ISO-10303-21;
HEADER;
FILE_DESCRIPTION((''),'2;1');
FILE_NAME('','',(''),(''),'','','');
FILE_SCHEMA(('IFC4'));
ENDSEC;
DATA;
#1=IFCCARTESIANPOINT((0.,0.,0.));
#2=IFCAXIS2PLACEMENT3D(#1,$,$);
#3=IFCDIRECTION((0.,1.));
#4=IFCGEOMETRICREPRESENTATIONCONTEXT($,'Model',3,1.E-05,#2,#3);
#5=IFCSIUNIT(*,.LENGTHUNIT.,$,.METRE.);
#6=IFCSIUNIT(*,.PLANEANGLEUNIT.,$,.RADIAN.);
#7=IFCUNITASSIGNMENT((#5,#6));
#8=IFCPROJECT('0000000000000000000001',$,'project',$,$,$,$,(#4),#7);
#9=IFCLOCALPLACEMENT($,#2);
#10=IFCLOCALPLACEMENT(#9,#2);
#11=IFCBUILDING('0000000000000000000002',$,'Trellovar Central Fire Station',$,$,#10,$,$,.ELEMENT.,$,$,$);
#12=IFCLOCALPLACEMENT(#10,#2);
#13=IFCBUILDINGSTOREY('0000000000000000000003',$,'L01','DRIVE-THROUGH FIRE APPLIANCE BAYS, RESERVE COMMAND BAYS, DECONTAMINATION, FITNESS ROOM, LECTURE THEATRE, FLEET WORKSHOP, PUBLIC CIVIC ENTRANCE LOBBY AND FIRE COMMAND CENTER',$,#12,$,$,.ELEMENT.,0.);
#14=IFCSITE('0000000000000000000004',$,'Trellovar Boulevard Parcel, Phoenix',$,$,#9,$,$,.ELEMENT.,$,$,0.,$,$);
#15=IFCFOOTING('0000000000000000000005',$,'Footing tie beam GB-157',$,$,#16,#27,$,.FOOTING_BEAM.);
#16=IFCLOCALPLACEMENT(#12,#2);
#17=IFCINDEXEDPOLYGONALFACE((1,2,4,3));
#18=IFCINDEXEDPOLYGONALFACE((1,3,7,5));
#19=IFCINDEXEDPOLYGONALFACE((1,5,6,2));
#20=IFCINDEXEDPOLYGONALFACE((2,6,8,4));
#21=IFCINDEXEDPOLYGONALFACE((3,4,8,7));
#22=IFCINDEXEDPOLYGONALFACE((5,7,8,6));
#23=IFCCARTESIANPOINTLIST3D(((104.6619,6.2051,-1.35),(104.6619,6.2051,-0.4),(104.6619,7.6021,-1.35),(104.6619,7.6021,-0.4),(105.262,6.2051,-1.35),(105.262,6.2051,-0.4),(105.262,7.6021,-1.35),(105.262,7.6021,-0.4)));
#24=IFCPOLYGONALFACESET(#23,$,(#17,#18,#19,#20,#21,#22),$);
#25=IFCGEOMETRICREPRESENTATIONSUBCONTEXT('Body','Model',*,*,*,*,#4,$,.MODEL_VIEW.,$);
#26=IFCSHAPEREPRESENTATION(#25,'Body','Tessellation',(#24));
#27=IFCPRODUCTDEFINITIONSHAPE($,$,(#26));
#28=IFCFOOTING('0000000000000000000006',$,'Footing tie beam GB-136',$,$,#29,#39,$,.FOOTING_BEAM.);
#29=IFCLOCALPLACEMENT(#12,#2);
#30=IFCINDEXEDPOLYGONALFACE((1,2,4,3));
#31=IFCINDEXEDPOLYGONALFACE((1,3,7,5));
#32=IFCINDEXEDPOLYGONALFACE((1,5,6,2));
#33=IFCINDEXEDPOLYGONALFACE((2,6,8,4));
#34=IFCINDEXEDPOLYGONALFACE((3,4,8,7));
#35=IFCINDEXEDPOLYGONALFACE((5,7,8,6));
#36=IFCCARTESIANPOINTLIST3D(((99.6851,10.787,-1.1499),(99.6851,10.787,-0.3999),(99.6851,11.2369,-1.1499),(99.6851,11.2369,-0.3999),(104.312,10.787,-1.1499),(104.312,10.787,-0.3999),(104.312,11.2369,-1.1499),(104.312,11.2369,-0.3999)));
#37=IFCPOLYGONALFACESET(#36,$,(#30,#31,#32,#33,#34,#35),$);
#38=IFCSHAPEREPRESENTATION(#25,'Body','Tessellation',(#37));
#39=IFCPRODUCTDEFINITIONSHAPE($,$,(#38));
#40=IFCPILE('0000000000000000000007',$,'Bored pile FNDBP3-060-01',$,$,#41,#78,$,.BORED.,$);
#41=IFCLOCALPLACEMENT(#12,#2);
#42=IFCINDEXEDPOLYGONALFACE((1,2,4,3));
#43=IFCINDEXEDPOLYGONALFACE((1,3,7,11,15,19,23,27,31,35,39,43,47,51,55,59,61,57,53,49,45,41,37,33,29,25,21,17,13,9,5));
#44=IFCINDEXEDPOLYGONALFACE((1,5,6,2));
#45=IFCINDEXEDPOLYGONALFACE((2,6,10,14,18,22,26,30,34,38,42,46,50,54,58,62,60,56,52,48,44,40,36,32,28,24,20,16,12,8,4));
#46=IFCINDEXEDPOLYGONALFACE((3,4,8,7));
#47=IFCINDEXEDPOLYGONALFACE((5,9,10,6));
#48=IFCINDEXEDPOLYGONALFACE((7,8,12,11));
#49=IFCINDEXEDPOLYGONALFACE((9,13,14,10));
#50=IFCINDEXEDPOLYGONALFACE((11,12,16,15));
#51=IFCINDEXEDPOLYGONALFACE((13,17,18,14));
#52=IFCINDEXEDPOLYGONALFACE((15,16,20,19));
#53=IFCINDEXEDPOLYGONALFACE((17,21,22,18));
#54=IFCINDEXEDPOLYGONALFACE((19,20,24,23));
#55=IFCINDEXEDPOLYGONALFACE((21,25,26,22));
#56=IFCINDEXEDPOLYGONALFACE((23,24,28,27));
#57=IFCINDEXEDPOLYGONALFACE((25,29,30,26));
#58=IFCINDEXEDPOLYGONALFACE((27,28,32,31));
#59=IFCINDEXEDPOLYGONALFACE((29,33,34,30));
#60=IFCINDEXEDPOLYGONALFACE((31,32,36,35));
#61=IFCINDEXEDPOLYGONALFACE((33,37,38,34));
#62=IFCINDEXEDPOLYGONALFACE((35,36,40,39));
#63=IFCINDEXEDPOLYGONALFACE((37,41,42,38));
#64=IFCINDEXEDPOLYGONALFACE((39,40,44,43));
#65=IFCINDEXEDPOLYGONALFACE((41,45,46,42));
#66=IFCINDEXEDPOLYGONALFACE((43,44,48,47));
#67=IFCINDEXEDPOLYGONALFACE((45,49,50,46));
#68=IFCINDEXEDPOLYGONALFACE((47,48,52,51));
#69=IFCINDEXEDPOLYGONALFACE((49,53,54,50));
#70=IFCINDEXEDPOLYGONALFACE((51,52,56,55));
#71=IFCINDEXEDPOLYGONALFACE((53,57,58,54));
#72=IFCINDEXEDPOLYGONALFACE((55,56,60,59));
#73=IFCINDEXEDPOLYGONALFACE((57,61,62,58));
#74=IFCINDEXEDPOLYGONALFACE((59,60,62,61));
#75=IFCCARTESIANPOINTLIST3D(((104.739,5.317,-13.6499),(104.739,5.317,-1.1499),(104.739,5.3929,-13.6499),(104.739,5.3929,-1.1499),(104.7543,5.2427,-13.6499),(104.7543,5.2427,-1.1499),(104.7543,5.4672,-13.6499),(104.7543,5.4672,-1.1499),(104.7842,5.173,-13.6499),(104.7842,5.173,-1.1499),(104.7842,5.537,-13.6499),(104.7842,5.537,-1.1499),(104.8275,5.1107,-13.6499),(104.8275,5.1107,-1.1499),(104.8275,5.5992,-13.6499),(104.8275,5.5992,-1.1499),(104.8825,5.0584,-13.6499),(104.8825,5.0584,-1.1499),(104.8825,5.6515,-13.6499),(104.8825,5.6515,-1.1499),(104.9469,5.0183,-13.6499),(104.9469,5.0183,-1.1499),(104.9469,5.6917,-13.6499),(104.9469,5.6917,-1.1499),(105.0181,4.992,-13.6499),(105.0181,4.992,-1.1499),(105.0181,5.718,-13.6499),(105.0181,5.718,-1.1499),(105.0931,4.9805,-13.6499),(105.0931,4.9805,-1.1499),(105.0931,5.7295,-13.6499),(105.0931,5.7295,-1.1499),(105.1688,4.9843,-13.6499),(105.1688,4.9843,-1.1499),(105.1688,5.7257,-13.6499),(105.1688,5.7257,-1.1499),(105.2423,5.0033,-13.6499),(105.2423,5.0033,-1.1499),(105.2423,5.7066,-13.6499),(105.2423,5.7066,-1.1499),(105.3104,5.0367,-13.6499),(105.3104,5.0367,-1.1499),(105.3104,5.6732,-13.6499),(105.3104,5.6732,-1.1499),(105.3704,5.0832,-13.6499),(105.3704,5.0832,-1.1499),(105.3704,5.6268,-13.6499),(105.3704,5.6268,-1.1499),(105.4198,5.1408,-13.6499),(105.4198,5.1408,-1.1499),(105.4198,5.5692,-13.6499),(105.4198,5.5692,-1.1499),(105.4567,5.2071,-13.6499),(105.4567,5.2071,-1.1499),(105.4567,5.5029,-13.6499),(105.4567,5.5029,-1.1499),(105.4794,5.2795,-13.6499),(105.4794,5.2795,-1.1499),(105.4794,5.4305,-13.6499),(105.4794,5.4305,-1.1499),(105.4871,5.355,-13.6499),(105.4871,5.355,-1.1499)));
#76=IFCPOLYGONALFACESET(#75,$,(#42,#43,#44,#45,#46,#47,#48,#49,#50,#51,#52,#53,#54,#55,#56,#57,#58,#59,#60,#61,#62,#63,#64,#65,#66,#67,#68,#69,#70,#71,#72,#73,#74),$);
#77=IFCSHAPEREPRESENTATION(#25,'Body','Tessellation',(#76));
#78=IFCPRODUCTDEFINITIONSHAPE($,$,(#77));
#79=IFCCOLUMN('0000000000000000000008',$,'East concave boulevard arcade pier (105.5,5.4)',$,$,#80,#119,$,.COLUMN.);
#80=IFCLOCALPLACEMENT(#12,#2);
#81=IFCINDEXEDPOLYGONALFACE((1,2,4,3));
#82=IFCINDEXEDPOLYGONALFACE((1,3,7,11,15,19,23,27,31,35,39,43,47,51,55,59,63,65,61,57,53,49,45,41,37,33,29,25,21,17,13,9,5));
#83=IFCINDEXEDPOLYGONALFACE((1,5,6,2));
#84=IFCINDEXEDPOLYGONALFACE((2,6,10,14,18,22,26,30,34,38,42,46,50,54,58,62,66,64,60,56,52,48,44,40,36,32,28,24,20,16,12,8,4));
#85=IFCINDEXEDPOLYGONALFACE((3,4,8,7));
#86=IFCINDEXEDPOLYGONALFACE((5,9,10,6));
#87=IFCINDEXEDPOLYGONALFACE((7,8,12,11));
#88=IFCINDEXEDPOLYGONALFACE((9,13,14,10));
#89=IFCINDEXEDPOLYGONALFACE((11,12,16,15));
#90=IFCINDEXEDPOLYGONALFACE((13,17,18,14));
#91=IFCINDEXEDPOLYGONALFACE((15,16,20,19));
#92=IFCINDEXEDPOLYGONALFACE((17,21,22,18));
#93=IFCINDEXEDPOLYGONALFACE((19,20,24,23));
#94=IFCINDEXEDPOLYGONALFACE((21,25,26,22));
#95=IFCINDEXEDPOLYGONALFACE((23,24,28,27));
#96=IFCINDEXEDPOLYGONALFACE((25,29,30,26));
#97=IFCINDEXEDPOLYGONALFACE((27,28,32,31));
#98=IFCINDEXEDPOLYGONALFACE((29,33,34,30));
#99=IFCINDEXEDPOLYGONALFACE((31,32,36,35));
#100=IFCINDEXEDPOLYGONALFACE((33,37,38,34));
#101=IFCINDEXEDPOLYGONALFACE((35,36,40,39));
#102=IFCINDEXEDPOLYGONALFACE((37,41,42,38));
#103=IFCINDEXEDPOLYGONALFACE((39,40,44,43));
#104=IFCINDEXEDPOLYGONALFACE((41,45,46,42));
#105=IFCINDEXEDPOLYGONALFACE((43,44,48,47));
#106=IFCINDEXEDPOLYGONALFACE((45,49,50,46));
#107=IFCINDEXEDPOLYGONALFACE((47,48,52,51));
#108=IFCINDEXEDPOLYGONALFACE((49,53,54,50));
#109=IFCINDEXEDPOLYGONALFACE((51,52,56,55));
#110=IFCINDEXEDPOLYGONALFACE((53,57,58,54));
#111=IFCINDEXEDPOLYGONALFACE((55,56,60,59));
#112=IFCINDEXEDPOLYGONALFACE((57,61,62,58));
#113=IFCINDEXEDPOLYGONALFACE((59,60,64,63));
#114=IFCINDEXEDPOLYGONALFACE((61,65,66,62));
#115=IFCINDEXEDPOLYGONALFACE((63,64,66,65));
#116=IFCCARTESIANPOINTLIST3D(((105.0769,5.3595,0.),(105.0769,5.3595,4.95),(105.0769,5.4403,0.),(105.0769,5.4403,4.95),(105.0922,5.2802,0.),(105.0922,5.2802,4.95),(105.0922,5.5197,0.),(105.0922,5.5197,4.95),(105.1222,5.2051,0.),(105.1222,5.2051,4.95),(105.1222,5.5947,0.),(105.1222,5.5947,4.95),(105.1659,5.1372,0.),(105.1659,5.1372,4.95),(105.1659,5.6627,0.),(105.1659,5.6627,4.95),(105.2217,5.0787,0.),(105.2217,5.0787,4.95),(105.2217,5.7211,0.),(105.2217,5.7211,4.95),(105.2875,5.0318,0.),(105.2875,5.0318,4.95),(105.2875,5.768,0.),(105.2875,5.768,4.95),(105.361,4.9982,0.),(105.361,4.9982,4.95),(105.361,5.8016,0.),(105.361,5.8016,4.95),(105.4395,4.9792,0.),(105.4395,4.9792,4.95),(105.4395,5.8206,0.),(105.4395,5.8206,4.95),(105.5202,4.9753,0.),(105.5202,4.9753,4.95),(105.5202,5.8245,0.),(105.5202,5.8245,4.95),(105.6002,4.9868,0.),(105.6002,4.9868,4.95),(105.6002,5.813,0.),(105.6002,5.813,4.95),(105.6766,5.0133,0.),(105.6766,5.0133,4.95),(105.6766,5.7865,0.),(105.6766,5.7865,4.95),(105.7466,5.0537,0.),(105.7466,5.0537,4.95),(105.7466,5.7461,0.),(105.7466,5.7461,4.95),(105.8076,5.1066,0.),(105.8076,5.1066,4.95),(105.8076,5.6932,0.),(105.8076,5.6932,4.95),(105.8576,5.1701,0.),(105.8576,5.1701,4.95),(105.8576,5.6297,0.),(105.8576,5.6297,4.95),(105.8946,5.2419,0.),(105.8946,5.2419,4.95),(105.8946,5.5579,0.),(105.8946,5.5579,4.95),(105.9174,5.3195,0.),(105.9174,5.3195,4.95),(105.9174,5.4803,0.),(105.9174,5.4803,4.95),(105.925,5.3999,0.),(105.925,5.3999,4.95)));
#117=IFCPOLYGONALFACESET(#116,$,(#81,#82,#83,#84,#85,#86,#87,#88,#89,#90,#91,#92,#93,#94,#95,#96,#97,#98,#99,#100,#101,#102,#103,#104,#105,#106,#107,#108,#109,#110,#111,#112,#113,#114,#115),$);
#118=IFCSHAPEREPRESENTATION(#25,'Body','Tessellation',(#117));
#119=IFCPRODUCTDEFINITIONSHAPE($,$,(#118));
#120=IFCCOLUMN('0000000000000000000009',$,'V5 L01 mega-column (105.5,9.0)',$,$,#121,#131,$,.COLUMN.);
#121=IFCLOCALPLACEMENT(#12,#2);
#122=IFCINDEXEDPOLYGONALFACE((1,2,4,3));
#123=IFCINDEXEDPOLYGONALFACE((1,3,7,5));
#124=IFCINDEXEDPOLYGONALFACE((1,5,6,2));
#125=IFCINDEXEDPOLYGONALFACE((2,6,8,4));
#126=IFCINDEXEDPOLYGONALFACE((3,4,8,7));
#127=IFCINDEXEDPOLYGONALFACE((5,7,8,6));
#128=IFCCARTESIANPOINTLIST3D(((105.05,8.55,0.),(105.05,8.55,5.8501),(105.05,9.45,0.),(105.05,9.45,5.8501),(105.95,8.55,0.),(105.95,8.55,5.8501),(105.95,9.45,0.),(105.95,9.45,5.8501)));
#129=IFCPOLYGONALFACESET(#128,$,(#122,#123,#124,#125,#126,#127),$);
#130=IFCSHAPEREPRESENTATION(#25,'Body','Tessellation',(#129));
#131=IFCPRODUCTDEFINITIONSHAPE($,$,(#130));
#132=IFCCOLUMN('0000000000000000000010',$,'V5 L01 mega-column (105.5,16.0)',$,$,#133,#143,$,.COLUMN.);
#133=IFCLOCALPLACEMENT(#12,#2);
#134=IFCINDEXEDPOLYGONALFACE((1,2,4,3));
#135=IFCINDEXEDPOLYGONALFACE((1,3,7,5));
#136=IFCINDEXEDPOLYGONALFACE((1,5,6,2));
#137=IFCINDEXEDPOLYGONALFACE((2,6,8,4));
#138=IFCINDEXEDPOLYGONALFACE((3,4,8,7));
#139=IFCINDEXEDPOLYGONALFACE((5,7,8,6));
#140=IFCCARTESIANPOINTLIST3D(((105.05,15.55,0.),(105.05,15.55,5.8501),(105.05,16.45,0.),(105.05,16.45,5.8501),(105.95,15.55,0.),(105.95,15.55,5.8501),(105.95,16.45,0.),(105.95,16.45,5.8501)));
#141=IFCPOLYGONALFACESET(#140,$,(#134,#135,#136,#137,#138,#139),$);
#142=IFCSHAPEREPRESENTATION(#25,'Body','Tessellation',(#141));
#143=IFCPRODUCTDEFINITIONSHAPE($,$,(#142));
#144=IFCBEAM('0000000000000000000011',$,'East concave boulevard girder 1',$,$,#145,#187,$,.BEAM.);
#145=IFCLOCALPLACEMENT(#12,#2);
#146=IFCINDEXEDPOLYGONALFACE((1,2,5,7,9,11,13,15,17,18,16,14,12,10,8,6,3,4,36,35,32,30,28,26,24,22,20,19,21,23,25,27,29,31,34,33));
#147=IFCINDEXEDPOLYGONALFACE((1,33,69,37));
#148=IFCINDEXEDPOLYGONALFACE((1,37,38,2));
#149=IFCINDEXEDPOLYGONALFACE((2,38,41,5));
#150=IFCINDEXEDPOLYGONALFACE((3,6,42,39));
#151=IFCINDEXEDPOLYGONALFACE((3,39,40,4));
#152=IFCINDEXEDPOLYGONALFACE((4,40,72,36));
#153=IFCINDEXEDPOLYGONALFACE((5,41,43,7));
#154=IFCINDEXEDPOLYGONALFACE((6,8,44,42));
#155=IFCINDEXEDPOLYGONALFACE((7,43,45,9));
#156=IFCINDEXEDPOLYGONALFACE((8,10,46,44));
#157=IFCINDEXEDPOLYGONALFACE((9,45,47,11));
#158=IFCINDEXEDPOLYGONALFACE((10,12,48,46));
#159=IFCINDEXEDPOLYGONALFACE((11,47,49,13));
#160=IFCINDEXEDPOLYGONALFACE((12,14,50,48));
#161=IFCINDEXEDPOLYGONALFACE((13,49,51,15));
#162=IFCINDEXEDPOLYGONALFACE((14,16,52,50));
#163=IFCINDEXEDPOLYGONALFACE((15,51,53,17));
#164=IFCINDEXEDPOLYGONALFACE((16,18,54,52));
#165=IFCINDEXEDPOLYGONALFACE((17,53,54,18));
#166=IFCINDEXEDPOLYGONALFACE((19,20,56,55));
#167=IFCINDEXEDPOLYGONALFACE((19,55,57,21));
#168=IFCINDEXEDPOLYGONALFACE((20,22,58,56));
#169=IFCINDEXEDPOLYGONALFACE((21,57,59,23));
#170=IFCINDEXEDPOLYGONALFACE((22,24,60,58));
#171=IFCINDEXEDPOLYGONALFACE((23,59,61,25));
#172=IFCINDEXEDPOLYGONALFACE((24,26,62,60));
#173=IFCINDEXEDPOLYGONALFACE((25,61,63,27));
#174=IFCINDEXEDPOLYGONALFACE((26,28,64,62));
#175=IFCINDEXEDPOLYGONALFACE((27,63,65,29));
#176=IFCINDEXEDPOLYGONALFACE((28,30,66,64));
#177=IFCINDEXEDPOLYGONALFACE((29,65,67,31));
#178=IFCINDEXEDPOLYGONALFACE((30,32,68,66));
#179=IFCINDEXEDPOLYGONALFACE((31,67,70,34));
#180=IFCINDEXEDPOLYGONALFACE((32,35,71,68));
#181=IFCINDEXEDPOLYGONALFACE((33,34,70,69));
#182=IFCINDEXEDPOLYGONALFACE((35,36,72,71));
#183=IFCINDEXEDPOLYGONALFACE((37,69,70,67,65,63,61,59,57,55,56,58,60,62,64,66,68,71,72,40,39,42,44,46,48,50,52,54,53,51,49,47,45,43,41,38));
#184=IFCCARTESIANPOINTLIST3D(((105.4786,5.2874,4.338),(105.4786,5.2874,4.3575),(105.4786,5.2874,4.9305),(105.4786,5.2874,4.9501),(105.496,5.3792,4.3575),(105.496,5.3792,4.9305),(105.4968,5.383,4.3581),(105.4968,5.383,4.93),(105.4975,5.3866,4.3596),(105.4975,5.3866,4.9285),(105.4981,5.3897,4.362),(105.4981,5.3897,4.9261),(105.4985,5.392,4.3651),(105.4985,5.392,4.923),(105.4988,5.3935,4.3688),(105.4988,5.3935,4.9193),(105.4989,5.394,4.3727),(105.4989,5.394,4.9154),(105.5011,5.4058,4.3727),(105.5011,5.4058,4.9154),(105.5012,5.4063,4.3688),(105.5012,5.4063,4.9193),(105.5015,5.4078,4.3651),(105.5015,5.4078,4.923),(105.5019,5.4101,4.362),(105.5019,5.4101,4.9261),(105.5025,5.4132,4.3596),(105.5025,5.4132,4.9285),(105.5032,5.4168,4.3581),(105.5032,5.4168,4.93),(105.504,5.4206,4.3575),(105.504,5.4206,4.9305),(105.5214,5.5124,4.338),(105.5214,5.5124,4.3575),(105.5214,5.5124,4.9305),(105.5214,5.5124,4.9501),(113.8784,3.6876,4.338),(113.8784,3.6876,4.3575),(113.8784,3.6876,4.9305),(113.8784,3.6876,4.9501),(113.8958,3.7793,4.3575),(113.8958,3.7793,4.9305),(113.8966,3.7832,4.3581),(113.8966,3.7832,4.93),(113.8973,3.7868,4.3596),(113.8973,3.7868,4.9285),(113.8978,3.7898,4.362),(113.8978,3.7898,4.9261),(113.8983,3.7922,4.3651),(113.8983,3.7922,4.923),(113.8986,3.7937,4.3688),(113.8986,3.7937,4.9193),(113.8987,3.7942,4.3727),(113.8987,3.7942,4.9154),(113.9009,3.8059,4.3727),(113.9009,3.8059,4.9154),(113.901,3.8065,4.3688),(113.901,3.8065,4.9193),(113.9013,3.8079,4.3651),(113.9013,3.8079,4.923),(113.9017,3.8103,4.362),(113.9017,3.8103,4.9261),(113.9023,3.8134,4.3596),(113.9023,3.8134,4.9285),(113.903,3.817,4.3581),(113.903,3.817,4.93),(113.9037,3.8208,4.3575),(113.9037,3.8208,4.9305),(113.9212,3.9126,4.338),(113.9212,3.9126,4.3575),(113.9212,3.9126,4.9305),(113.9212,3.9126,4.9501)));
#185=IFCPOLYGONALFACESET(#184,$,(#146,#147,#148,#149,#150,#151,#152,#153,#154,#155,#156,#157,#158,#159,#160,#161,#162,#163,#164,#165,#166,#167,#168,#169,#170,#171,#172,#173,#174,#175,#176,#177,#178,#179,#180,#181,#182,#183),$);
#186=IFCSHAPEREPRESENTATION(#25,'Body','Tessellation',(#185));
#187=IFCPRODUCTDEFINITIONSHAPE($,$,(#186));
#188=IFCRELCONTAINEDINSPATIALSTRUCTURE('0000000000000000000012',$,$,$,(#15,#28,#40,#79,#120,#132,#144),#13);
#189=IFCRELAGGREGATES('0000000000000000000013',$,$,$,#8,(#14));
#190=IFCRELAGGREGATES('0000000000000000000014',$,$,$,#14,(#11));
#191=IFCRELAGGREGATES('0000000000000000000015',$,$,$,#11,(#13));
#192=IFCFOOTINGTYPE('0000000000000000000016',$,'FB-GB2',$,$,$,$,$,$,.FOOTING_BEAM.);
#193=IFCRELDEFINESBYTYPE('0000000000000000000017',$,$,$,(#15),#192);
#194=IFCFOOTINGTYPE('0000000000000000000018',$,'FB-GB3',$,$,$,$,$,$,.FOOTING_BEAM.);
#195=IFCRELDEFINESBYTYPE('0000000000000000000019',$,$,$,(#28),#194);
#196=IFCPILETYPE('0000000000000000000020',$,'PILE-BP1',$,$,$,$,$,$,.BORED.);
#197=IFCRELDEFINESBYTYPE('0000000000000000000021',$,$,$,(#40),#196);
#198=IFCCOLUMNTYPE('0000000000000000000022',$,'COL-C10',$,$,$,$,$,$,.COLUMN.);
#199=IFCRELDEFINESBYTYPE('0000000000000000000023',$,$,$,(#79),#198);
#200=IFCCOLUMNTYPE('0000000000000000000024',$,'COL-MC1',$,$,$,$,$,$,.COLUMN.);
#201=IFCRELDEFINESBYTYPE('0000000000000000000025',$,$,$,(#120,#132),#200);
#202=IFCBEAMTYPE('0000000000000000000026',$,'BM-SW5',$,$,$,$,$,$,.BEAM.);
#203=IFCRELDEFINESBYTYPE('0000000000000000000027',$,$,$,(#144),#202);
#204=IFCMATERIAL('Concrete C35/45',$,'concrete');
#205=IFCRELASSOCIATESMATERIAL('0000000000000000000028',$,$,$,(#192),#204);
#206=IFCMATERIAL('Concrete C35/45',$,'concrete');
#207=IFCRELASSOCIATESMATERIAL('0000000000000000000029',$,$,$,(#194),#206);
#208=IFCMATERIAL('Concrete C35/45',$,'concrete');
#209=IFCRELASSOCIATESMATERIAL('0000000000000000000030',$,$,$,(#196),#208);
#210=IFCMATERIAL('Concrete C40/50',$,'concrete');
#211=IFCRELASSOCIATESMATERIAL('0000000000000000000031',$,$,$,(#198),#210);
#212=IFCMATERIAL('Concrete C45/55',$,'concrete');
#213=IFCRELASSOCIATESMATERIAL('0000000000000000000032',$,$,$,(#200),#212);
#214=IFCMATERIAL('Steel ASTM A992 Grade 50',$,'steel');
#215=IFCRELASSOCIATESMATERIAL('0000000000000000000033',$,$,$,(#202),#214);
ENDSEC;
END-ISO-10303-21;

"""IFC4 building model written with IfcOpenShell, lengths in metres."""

from ifc_helpers import new_model, si_unit, direction, frame, origin, origin_2d, place, context, subcontext, project, spatial, rectangle, circle, i_section, extrude, material, material_profile, profile_set, type_object, element, save


model = new_model("IFC4")

# Units and contexts
model_context = context("Model", 3, precision=1e-05, world=origin(), true_north=direction((0.0, 1.0)))
body_context = subcontext(model_context, "Body", "Model", "MODEL_VIEW")
ifc_project = project(units=[si_unit("LENGTHUNIT", "METRE"), si_unit("PLANEANGLEUNIT", "RADIAN")], contexts=[model_context])

# Site, building, storey
site_placement = place(None, origin())
site = spatial("IfcSite", under=ifc_project, at=site_placement, Name="Trellovar Boulevard Parcel, Phoenix", CompositionType="ELEMENT", RefElevation=0.0)
building_placement = place(site_placement, origin())
building = spatial("IfcBuilding", under=site, at=building_placement, Name="Trellovar Central Fire Station", CompositionType="ELEMENT")
storey_placement = place(building_placement, origin())
storey = spatial("IfcBuildingStorey", under=building, at=storey_placement, Name="L01", Description="DRIVE-THROUGH FIRE APPLIANCE BAYS, RESERVE COMMAND BAYS, DECONTAMINATION, FITNESS ROOM, LECTURE THEATRE, FLEET WORKSHOP, PUBLIC CIVIC ENTRANCE LOBBY AND FIRE COMMAND CENTER", CompositionType="ELEMENT", Elevation=0.0)

# Footings
ifc_material_1 = material(Name="Concrete C35/45", Category="concrete")
ifc_material_profile_1 = material_profile(ifc_material_1, rectangle(XDim=0.6001, YDim=0.95, at=origin_2d()), Name="RC600X950")
ifc_profile_set_1 = profile_set([ifc_material_profile_1], Name="Concrete C35/45")
footing_type_1 = type_object("IfcFootingType", Name="FB-GB2", PredefinedType="FOOTING_BEAM", material=ifc_profile_set_1)
footing_1_placement = place(storey_placement, frame((104.9619, 6.2051, -0.875), z_axis=(0.0, 1.0, 0.0), x_axis=(-1.0, 0.0, 0.0)))
element("IfcFooting", 1, at=footing_1_placement, inside=storey, type_object=footing_type_1, Name="Footing tie beam GB-157", PredefinedType="FOOTING_BEAM", context=body_context, shape_type="SweptSolid", body=[
    extrude(rectangle(XDim=0.6001, YDim=0.95, at=origin_2d()), origin(), (0.0, 0.0, 1.0), 1.397),
])
ifc_material_2 = material(Name="Concrete C35/45", Category="concrete")
ifc_material_profile_2 = material_profile(ifc_material_2, rectangle(XDim=0.45, YDim=0.75, at=origin_2d()), Name="RC450X750")
ifc_profile_set_2 = profile_set([ifc_material_profile_2], Name="Concrete C35/45")
footing_type_2 = type_object("IfcFootingType", Name="FB-GB3", PredefinedType="FOOTING_BEAM", material=ifc_profile_set_2)
footing_2_placement = place(storey_placement, frame((99.6851, 11.012, -0.7749), z_axis=(1.0, 0.0, 0.0), x_axis=(0.0, 1.0, 0.0)))
element("IfcFooting", 2, at=footing_2_placement, inside=storey, type_object=footing_type_2, Name="Footing tie beam GB-136", PredefinedType="FOOTING_BEAM", context=body_context, shape_type="SweptSolid", body=[
    extrude(rectangle(XDim=0.45, YDim=0.75, at=origin_2d()), origin(), (0.0, 0.0, 1.0), 4.627),
])

# Pile
ifc_material_3 = material(Name="Concrete C35/45", Category="concrete")
ifc_material_profile_3 = material_profile(ifc_material_3, circle(Radius=0.375, at=origin_2d()), Name="PILE750")
ifc_profile_set_3 = profile_set([ifc_material_profile_3], Name="Concrete C35/45")
pile_type = type_object("IfcPileType", Name="PILE-BP1", PredefinedType="BORED", material=ifc_profile_set_3)
pile_placement = place(storey_placement, frame((105.1121, 5.355, -1.1499), z_axis=(0.0, 0.0, -1.0), x_axis=(1.0, 0.0, 0.0)))
element("IfcPile", 3, at=pile_placement, inside=storey, type_object=pile_type, Name="Bored pile FNDBP3-060-01", PredefinedType="BORED", context=body_context, shape_type="SweptSolid", body=[
    extrude(circle(Radius=0.375, at=origin_2d()), origin(), (0.0, 0.0, 1.0), 12.5),
])

# Columns
ifc_material_4 = material(Name="Concrete C40/50", Category="concrete")
ifc_material_profile_4 = material_profile(ifc_material_4, circle(Radius=0.425, at=origin_2d()), Name="RCD850")
ifc_profile_set_4 = profile_set([ifc_material_profile_4], Name="Concrete C40/50")
column_type_1 = type_object("IfcColumnType", Name="COL-C10", PredefinedType="COLUMN", material=ifc_profile_set_4)
column_placement = place(storey_placement, frame((105.5, 5.3999, 0.0), z_axis=(0.0, 0.0, 1.0), x_axis=(1.0, 0.0, 0.0)))
element("IfcColumn", 4, at=column_placement, inside=storey, type_object=column_type_1, Name="East concave boulevard arcade pier (105.5,5.4)", PredefinedType="COLUMN", context=body_context, shape_type="SweptSolid", body=[
    extrude(circle(Radius=0.425, at=origin_2d()), origin(), (0.0, 0.0, 1.0), 4.95),
])
ifc_material_5 = material(Name="Concrete C45/55", Category="concrete")
ifc_material_profile_5 = material_profile(ifc_material_5, rectangle(XDim=0.8999, YDim=0.8999, at=origin_2d()), Name="RC900X900")
ifc_profile_set_5 = profile_set([ifc_material_profile_5], Name="Concrete C45/55")
column_type_2 = type_object("IfcColumnType", Name="COL-MC1", PredefinedType="COLUMN", material=ifc_profile_set_5)
for number, where, z_axis, x_axis, name in (
    (5, (105.5, 9.0, 0.0), (0.0, 0.0, 1.0), (1.0, 0.0, 0.0), "V5 L01 mega-column (105.5,9.0)"),
    (6, (105.5, 16.0, 0.0), (0.0, 0.0, 1.0), (1.0, 0.0, 0.0), "V5 L01 mega-column (105.5,16.0)"),
):
    element("IfcColumn", number, at=place(storey_placement, frame(where, z_axis=z_axis, x_axis=x_axis)), inside=storey, type_object=column_type_2, Name=name, PredefinedType="COLUMN", context=body_context, shape_type="SweptSolid", body=[
        extrude(rectangle(XDim=0.8999, YDim=0.8999, at=origin_2d()), origin(), (0.0, 0.0, 1.0), 5.8501),
    ])

# Beam
ifc_material_6 = material(Name="Steel ASTM A992 Grade 50", Category="steel")
ifc_material_profile_6 = material_profile(ifc_material_6, i_section(OverallWidth=0.229, OverallDepth=0.6121, WebThickness=0.012, FlangeThickness=0.0195, FilletRadius=0.0151, at=origin_2d()), Name="W24X84")
ifc_profile_set_6 = profile_set([ifc_material_profile_6], Name="Steel ASTM A992 Grade 50")
beam_type_1 = type_object("IfcBeamType", Name="BM-SW5", PredefinedType="BEAM", material=ifc_profile_set_6)
beam_1_placement = place(storey_placement, frame((105.5, 5.3999, 4.644), z_axis=(0.982341, -0.187098, 0.0), x_axis=(0.187098, 0.982341, 0.0)))
element("IfcBeam", 7, at=beam_1_placement, inside=storey, type_object=beam_type_1, Name="East concave boulevard girder 1", PredefinedType="BEAM", context=body_context, shape_type="SweptSolid", body=[
    extrude(i_section(OverallWidth=0.229, OverallDepth=0.6121, WebThickness=0.012, FlangeThickness=0.0195, FilletRadius=0.0151, at=origin_2d()), origin(), (0.0, 0.0, 1.0), 8.5508),
])

save(model, "model.ifc")
